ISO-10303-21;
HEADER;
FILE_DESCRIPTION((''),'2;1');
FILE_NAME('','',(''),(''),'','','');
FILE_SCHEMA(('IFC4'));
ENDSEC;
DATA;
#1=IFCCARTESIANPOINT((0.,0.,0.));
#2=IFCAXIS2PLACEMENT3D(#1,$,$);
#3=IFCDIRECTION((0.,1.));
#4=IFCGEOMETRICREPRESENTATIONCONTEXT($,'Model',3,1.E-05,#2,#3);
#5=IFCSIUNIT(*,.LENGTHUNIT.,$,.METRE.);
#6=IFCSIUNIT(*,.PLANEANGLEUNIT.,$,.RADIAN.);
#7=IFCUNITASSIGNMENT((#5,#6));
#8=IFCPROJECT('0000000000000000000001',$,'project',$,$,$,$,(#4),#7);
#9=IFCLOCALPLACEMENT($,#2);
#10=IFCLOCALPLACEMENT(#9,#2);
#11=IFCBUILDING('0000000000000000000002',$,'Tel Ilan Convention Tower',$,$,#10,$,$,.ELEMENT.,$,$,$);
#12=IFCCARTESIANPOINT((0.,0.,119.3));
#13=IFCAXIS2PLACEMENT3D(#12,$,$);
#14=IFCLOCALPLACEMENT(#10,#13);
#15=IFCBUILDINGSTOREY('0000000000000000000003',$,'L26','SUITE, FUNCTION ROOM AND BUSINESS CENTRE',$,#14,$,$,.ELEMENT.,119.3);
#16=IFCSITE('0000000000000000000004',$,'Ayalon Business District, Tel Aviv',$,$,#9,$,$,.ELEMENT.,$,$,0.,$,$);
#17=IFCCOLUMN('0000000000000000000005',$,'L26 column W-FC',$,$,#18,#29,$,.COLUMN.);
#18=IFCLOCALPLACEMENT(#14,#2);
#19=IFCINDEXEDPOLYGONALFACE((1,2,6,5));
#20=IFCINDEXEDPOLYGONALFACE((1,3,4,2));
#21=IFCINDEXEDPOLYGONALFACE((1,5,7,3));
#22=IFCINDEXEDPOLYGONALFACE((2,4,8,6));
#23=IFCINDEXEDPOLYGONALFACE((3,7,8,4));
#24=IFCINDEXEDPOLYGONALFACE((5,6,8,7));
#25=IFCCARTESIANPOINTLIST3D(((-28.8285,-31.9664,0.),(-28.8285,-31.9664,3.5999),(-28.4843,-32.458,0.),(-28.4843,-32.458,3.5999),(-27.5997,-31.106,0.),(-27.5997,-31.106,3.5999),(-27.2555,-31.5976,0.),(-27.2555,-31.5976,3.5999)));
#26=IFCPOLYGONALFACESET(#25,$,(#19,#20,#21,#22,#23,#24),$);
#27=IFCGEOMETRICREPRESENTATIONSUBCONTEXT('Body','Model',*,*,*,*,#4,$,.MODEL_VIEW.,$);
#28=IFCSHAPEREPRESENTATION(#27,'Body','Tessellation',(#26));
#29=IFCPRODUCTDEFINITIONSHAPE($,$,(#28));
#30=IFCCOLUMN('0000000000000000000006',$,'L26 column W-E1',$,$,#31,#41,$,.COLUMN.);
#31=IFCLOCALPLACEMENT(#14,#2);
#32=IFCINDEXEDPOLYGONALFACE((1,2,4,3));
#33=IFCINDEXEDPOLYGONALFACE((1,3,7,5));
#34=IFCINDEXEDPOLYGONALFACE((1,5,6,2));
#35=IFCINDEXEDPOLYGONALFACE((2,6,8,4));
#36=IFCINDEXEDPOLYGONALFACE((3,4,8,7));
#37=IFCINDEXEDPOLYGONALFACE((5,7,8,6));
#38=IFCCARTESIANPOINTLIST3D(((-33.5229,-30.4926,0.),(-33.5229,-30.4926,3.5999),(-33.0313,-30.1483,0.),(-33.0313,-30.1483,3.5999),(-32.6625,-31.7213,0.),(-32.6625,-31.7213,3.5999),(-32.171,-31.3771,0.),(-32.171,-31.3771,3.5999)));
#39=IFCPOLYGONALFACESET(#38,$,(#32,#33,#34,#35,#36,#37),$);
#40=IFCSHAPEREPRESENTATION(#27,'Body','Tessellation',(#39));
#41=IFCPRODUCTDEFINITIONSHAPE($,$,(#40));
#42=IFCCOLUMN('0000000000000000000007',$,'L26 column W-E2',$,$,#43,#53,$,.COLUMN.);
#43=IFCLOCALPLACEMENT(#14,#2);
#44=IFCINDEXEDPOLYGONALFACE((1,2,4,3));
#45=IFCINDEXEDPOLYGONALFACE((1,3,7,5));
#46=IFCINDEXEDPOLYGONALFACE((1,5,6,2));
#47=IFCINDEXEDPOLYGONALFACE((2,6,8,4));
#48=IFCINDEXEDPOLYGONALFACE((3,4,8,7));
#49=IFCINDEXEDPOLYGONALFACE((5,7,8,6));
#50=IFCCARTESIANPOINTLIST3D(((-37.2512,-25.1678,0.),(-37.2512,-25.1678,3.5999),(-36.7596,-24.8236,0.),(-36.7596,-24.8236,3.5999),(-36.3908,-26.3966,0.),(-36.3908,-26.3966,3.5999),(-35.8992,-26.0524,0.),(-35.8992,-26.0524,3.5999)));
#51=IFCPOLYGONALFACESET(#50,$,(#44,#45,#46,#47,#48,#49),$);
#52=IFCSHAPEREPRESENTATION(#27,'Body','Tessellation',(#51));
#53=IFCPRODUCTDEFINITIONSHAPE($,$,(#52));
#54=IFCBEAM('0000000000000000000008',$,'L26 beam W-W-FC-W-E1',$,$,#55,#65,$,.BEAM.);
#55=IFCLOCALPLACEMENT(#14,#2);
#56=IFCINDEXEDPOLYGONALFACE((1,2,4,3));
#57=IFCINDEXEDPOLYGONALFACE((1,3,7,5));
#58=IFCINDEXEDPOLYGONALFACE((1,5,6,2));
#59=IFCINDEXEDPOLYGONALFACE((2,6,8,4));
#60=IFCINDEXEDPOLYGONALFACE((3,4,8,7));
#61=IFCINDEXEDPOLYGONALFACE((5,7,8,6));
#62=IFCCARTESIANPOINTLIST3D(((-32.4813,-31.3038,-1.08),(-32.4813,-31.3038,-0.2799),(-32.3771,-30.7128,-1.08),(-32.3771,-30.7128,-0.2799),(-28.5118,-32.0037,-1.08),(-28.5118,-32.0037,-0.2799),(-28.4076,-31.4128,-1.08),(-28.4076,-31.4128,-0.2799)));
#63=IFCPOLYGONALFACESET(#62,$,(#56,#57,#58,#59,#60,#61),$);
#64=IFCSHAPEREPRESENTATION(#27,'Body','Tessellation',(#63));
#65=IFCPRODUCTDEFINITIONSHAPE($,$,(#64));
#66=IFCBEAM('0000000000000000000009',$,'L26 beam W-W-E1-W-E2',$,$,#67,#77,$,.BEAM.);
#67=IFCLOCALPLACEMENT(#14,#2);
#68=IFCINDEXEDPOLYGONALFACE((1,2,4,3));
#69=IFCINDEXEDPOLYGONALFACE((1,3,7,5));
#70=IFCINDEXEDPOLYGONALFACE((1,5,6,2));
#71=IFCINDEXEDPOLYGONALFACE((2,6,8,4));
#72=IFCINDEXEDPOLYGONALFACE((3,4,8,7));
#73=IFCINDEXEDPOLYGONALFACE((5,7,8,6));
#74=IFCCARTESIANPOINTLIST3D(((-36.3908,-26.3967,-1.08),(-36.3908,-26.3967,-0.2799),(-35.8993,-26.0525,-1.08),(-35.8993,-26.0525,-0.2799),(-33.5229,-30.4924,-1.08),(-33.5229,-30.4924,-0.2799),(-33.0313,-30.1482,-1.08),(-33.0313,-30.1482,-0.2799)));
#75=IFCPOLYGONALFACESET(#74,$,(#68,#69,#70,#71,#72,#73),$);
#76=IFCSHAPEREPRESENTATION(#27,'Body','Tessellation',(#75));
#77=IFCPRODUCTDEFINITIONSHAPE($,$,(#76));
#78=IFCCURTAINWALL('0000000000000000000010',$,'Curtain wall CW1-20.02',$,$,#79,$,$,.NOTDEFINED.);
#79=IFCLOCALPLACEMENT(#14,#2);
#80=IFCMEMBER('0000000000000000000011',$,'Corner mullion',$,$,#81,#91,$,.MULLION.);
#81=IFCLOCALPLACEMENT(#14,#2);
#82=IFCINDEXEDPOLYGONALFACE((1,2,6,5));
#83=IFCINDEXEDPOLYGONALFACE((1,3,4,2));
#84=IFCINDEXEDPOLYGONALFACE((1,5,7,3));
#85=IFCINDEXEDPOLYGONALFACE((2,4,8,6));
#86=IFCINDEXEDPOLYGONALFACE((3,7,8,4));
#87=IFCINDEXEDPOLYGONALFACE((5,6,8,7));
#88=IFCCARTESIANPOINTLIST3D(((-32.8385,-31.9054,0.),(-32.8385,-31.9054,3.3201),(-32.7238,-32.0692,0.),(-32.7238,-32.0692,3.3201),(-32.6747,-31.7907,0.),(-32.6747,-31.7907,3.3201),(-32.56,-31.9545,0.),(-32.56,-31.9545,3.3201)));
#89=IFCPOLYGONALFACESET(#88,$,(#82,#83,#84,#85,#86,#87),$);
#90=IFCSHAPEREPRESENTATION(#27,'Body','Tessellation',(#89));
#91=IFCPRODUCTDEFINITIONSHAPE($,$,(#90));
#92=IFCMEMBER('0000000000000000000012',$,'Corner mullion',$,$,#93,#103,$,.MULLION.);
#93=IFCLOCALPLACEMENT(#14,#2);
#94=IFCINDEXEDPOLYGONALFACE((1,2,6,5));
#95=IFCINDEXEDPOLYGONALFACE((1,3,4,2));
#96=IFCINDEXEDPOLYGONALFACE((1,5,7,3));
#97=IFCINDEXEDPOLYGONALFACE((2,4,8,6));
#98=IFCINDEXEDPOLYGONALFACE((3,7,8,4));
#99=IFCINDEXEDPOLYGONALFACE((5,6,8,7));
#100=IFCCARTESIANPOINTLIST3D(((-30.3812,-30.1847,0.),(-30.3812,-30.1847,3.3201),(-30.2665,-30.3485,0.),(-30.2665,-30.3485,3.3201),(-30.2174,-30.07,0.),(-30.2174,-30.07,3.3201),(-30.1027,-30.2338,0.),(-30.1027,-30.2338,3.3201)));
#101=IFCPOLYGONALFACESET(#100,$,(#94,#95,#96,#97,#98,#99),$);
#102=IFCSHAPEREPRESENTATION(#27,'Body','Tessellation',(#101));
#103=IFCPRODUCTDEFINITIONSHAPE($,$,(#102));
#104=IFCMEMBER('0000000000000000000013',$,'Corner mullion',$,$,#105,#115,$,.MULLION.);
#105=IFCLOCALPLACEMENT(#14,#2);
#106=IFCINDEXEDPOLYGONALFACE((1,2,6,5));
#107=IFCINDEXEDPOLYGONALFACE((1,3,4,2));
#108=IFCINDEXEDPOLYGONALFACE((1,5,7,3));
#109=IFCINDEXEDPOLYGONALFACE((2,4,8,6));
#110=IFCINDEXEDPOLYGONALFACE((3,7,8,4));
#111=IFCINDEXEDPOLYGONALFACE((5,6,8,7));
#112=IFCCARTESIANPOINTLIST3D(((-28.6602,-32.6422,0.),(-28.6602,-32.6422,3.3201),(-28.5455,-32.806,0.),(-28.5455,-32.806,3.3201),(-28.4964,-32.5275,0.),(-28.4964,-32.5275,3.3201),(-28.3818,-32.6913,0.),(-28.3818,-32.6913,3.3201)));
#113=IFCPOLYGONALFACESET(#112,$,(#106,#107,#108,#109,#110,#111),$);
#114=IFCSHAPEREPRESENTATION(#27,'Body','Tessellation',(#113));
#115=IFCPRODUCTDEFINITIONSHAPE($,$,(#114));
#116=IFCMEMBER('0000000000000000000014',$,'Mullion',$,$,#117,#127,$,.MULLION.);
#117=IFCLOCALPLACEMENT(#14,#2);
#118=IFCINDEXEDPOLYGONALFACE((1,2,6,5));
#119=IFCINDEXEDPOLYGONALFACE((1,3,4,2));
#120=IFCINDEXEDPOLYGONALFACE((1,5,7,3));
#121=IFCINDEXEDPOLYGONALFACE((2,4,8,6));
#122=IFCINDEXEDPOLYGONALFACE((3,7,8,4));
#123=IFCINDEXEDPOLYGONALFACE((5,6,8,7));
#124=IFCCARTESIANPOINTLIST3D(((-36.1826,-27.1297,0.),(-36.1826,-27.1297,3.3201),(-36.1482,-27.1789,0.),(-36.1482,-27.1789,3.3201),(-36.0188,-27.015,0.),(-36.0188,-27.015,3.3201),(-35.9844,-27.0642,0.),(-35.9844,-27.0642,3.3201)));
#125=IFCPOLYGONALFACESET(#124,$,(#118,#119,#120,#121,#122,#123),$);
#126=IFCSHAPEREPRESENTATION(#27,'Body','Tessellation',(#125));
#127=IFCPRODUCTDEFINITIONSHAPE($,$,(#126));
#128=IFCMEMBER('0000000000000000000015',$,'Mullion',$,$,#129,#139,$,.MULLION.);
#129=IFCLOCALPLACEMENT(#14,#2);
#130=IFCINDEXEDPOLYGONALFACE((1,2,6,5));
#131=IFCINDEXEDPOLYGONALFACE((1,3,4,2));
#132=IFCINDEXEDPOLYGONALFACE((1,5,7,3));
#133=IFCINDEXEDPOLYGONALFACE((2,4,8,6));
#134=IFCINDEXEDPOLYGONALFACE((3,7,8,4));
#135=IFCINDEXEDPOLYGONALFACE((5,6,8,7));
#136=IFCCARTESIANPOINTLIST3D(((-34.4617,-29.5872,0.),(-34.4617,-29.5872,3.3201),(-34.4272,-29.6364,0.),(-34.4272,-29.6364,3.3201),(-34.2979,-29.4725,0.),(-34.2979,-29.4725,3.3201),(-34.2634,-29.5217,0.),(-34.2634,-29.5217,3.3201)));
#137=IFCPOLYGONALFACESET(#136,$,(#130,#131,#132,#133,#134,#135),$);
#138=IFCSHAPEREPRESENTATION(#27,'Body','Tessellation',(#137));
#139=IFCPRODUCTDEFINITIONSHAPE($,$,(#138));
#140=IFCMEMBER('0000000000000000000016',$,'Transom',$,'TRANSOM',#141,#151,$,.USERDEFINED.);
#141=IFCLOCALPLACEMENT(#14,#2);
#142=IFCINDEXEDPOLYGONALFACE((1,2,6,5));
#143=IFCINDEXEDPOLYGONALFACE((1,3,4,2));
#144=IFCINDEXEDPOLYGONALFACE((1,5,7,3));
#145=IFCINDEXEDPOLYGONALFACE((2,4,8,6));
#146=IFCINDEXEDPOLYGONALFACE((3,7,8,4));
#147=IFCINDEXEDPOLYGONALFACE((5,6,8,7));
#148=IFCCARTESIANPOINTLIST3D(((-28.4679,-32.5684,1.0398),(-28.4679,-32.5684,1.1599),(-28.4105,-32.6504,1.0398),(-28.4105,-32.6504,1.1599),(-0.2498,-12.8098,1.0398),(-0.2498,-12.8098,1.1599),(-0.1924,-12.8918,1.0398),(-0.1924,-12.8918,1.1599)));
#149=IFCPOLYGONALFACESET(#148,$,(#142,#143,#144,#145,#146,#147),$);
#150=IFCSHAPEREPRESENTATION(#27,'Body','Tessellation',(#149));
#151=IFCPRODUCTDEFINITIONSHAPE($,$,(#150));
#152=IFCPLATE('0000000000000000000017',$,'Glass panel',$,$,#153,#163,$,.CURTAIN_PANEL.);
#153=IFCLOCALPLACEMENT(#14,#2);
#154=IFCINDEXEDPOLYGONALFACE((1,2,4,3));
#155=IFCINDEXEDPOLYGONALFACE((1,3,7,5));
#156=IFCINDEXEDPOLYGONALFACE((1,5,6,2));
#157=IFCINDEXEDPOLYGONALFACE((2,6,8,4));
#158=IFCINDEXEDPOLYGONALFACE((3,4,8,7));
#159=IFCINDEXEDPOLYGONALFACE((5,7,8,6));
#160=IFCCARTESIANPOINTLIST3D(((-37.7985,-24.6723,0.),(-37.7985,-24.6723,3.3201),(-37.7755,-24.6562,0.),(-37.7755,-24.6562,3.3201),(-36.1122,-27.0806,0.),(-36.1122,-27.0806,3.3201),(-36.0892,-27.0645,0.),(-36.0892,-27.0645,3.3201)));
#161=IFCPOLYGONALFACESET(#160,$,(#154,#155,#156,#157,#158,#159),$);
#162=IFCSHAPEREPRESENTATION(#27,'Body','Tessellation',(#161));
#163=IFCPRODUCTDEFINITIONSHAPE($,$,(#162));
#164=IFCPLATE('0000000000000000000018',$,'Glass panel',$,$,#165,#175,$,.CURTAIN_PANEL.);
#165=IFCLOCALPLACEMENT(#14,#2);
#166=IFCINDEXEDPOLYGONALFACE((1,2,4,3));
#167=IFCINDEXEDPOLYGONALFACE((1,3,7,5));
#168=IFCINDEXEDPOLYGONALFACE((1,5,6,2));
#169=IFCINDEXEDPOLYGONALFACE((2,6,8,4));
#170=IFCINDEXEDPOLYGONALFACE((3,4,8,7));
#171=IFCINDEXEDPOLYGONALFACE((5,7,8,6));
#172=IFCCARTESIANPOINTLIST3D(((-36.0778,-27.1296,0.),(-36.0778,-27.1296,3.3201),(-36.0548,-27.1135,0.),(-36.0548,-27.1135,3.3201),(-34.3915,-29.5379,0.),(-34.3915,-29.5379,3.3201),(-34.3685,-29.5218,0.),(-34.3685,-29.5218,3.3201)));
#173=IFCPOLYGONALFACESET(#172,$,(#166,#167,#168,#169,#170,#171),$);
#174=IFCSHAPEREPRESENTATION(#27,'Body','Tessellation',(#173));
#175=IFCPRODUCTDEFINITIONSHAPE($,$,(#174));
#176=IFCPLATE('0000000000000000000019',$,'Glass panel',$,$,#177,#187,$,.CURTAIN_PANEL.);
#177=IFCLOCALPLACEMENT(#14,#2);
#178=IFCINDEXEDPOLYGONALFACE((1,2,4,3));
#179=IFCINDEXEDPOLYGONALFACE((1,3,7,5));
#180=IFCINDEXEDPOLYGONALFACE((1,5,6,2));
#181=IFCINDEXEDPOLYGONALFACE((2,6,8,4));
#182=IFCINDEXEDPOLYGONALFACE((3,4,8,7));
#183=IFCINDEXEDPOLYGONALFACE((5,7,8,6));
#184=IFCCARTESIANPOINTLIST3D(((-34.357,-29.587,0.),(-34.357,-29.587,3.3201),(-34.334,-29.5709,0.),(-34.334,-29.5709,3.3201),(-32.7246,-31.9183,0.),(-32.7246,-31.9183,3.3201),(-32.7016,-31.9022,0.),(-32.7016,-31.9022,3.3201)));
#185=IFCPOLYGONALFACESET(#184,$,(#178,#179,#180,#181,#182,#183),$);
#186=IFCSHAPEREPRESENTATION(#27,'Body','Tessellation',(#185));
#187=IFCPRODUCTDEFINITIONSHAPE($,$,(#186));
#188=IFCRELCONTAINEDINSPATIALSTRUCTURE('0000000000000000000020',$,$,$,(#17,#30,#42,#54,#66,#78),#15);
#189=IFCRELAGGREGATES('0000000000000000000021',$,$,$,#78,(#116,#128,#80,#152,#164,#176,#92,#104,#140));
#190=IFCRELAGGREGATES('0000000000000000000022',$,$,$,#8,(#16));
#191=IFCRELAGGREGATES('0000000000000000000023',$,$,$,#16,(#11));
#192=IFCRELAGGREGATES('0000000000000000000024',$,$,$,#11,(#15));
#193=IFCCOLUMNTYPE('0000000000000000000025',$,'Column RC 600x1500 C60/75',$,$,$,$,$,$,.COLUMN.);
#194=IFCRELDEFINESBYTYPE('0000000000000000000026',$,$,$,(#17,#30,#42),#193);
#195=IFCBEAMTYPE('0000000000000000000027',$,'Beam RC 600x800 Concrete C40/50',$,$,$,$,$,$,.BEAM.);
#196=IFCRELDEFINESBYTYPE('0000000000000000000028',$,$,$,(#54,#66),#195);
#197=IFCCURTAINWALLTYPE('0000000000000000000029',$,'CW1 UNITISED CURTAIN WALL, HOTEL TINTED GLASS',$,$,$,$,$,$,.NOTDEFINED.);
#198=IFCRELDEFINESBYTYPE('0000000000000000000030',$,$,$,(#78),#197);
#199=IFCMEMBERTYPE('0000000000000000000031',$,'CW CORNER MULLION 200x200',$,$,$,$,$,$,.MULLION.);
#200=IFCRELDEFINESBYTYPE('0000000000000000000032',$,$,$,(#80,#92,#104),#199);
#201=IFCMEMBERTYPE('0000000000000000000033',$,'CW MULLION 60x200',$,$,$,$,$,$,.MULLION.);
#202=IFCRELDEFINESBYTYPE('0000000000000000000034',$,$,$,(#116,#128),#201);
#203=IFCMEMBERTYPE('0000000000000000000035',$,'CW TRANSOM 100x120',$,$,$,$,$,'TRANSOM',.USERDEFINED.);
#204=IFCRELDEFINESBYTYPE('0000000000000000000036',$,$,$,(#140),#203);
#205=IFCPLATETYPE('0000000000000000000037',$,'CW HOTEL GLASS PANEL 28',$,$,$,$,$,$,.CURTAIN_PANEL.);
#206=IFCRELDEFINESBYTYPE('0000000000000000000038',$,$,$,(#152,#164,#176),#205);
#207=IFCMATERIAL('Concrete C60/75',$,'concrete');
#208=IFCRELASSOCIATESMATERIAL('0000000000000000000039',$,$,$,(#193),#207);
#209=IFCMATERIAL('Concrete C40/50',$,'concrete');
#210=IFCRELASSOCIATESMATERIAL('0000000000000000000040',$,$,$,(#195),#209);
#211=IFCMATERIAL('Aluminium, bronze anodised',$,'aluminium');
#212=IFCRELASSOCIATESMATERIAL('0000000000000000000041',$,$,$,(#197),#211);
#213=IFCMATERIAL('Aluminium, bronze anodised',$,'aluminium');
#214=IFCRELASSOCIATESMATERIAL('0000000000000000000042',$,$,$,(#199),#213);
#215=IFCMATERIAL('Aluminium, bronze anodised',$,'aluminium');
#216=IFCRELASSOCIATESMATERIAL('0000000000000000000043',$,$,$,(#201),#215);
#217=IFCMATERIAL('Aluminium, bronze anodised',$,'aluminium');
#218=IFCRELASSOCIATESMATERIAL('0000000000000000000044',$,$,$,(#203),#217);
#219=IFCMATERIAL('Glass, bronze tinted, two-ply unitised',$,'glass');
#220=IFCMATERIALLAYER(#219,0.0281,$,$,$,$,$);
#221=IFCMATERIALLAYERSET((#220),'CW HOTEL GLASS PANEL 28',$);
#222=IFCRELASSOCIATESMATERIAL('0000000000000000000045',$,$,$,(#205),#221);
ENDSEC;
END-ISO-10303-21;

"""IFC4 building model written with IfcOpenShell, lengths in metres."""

from ifc_helpers import new_model, si_unit, direction, frame, origin, origin_2d, place, context, subcontext, project, spatial, rectangle, extrude, material, layer, layer_set, material_profile, profile_set, type_object, element, aggregate, save


model = new_model("IFC4")

# Units and contexts
model_context = context("Model", 3, precision=1e-05, world=origin(), true_north=direction((0.0, 1.0)))
body_context = subcontext(model_context, "Body", "Model", "MODEL_VIEW")
ifc_project = project(units=[si_unit("LENGTHUNIT", "METRE"), si_unit("PLANEANGLEUNIT", "RADIAN")], contexts=[model_context])

# Site, building, storey
site_placement = place(None, origin())
site = spatial("IfcSite", under=ifc_project, at=site_placement, Name="Ayalon Business District, Tel Aviv", CompositionType="ELEMENT", RefElevation=0.0)
building_placement = place(site_placement, origin())
building = spatial("IfcBuilding", under=site, at=building_placement, Name="Tel Ilan Convention Tower", CompositionType="ELEMENT")
storey_placement = place(building_placement, frame((0.0, 0.0, 119.3)))
storey = spatial("IfcBuildingStorey", under=building, at=storey_placement, Name="L26", Description="SUITE, FUNCTION ROOM AND BUSINESS CENTRE", CompositionType="ELEMENT", Elevation=119.3)

# Columns
ifc_material_1 = material(Name="Concrete C60/75", Category="concrete")
ifc_material_profile_1 = material_profile(ifc_material_1, rectangle(XDim=1.5, YDim=0.6001, at=origin_2d()), Name="RC 600x1500")
ifc_profile_set_1 = profile_set([ifc_material_profile_1], Name="Concrete C60/75")
column_type = type_object("IfcColumnType", Name="Column RC 600x1500 C60/75", PredefinedType="COLUMN", material=ifc_profile_set_1)
for number, where, z_axis, x_axis, name in (
    (1, (-28.042, -31.782, 0.0), (0.0, 0.0, 1.0), (-0.819152, -0.573576, 0.0), "L26 column W-FC"),
    (2, (-32.8469, -30.9348, 0.0), (0.0, 0.0, 1.0), (-0.573576, 0.819152, 0.0), "L26 column W-E1"),
    (3, (-36.5752, -25.6101, 0.0), (0.0, 0.0, 1.0), (-0.573576, 0.819152, 0.0), "L26 column W-E2"),
):
    element("IfcColumn", number, at=place(storey_placement, frame(where, z_axis=z_axis, x_axis=x_axis)), inside=storey, type_object=column_type, Name=name, PredefinedType="COLUMN", context=body_context, shape_type="SweptSolid", body=[
        extrude(rectangle(XDim=1.5, YDim=0.6001, at=origin_2d()), origin(), (0.0, 0.0, 1.0), 3.5999),
    ])

# Beams
ifc_material_2 = material(Name="Concrete C40/50", Category="concrete")
ifc_material_profile_2 = material_profile(ifc_material_2, rectangle(XDim=0.6001, YDim=0.8, at=origin_2d()), Name="RC 600x800")
ifc_profile_set_2 = profile_set([ifc_material_profile_2], Name="Concrete C40/50")
beam_type = type_object("IfcBeamType", Name="Beam RC 600x800 Concrete C40/50", PredefinedType="BEAM", material=ifc_profile_set_2)
beam_1_placement = place(storey_placement, frame((-28.4597, -31.7083, -0.6799), z_axis=(-0.984807, 0.173654, 0.0), x_axis=(-0.173654, -0.984807, 0.0)))
element("IfcBeam", 4, at=beam_1_placement, inside=storey, type_object=beam_type, Name="L26 beam W-W-FC-W-E1", PredefinedType="BEAM", context=body_context, shape_type="SweptSolid", body=[
    extrude(rectangle(XDim=0.6001, YDim=0.8, at=origin_2d()), origin(), (0.0, 0.0, 1.0), 4.0308),
])
beam_2_placement = place(storey_placement, frame((-33.2771, -30.3203, -0.6799), z_axis=(-0.573587, 0.819145, 0.0), x_axis=(-0.819145, -0.573587, 0.0)))
element("IfcBeam", 5, at=beam_2_placement, inside=storey, type_object=beam_type, Name="L26 beam W-W-E1-W-E2", PredefinedType="BEAM", context=body_context, shape_type="SweptSolid", body=[
    extrude(rectangle(XDim=0.6001, YDim=0.8, at=origin_2d()), origin(), (0.0, 0.0, 1.0), 5.0),
])

# Curtain wall, members, plates
ifc_material_3 = material(Name="Aluminium, bronze anodised", Category="aluminium")
curtain_wall_type = type_object("IfcCurtainWallType", Name="CW1 UNITISED CURTAIN WALL, HOTEL TINTED GLASS", PredefinedType="NOTDEFINED", material=ifc_material_3)
curtain_wall_placement = place(storey_placement, origin())
curtain_wall = element("IfcCurtainWall", 6, at=curtain_wall_placement, inside=storey, type_object=curtain_wall_type, Name="Curtain wall CW1-20.02", PredefinedType="NOTDEFINED")
ifc_material_4 = material(Name="Aluminium, bronze anodised", Category="aluminium")
ifc_material_profile_3 = material_profile(ifc_material_4, rectangle(XDim=0.2, YDim=0.2, at=origin_2d()), Name="CW CORNER MULLION 200x200")
ifc_profile_set_3 = profile_set([ifc_material_profile_3], Name="Aluminium, bronze anodised")
member_type_1 = type_object("IfcMemberType", Name="CW CORNER MULLION 200x200", PredefinedType="MULLION", material=ifc_profile_set_3)
member_1_placement = place(storey_placement, frame((-32.6992, -31.9299, 0.0), z_axis=(0.0, 0.0, 1.0), x_axis=(0.573576, -0.819152, 0.0)))
member_1 = element("IfcMember", 7, at=member_1_placement, type_object=member_type_1, Name="Corner mullion", PredefinedType="MULLION", context=body_context, shape_type="SweptSolid", body=[
    extrude(rectangle(XDim=0.2, YDim=0.2, at=origin_2d()), origin(), (0.0, 0.0, 1.0), 3.3201),
])
member_2_placement = place(storey_placement, frame((-30.2419, -30.2092, 0.0), z_axis=(0.0, 0.0, 1.0), x_axis=(0.819152, 0.573576, 0.0)))
member_2 = element("IfcMember", 8, at=member_2_placement, type_object=member_type_1, Name="Corner mullion", PredefinedType="MULLION", context=body_context, shape_type="SweptSolid", body=[
    extrude(rectangle(XDim=0.2, YDim=0.2, at=origin_2d()), origin(), (0.0, 0.0, 1.0), 3.3201),
])
member_3_placement = place(storey_placement, frame((-28.521, -32.6667, 0.0), z_axis=(0.0, 0.0, 1.0), x_axis=(0.573576, -0.819152, 0.0)))
member_3 = element("IfcMember", 9, at=member_3_placement, type_object=member_type_1, Name="Corner mullion", PredefinedType="MULLION", context=body_context, shape_type="SweptSolid", body=[
    extrude(rectangle(XDim=0.2, YDim=0.2, at=origin_2d()), origin(), (0.0, 0.0, 1.0), 3.3201),
])
ifc_material_5 = material(Name="Aluminium, bronze anodised", Category="aluminium")
ifc_material_profile_4 = material_profile(ifc_material_5, rectangle(XDim=0.0601, YDim=0.2, at=origin_2d()), Name="CW MULLION 60x200")
ifc_profile_set_4 = profile_set([ifc_material_profile_4], Name="Aluminium, bronze anodised")
member_type_2 = type_object("IfcMemberType", Name="CW MULLION 60x200", PredefinedType="MULLION", material=ifc_profile_set_4)
member_4_placement = place(storey_placement, frame((-36.0835, -27.0969, 0.0), z_axis=(0.0, 0.0, 1.0), x_axis=(0.573576, -0.819152, 0.0)))
member_4 = element("IfcMember", 10, at=member_4_placement, type_object=member_type_2, Name="Mullion", PredefinedType="MULLION", context=body_context, shape_type="SweptSolid", body=[
    extrude(rectangle(XDim=0.0601, YDim=0.2, at=origin_2d()), origin(), (0.0, 0.0, 1.0), 3.3201),
])
member_5_placement = place(storey_placement, frame((-34.3625, -29.5544, 0.0), z_axis=(0.0, 0.0, 1.0), x_axis=(0.573576, -0.819152, 0.0)))
member_5 = element("IfcMember", 11, at=member_5_placement, type_object=member_type_2, Name="Mullion", PredefinedType="MULLION", context=body_context, shape_type="SweptSolid", body=[
    extrude(rectangle(XDim=0.0601, YDim=0.2, at=origin_2d()), origin(), (0.0, 0.0, 1.0), 3.3201),
])
ifc_material_6 = material(Name="Aluminium, bronze anodised", Category="aluminium")
ifc_material_profile_5 = material_profile(ifc_material_6, rectangle(XDim=0.1001, YDim=0.1201, at=origin_2d()), Name="CW TRANSOM 100x120")
ifc_profile_set_5 = profile_set([ifc_material_profile_5], Name="Aluminium, bronze anodised")
member_type_3 = type_object("IfcMemberType", Name="CW TRANSOM 100x120", ElementType="TRANSOM", PredefinedType="USERDEFINED", material=ifc_profile_set_5)
member_6_placement = place(storey_placement, frame((-28.4392, -32.6094, 1.0999), z_axis=(0.819151, 0.573578, 0.0), x_axis=(-0.573578, 0.819151, 0.0)))
member_6 = element("IfcMember", 12, at=member_6_placement, type_object=member_type_3, Name="Transom", ObjectType="TRANSOM", PredefinedType="USERDEFINED", context=body_context, shape_type="SweptSolid", body=[
    extrude(rectangle(XDim=0.1001, YDim=0.1201, at=origin_2d()), origin(), (0.0, 0.0, 1.0), 34.448),
])
ifc_material_7 = material(Name="Glass, bronze tinted, two-ply unitised", Category="glass")
ifc_layer_1 = layer(ifc_material_7, 0.0281)
ifc_layer_set_1 = layer_set([ifc_layer_1], Name="CW HOTEL GLASS PANEL 28")
plate_type = type_object("IfcPlateType", Name="CW HOTEL GLASS PANEL 28", PredefinedType="CURTAIN_PANEL", material=ifc_layer_set_1)
plate_1_placement = place(storey_placement, frame((-36.9438, -25.8684, 0.0), z_axis=(0.0, 0.0, 1.0), x_axis=(0.573576, -0.819152, 0.0)))
plate_1 = element("IfcPlate", 13, at=plate_1_placement, type_object=plate_type, Name="Glass panel", PredefinedType="CURTAIN_PANEL", context=body_context, shape_type="SweptSolid", body=[
    extrude(rectangle(XDim=2.9399, YDim=0.0281, at=origin_2d()), origin(), (0.0, 0.0, 1.0), 3.3201),
])
plate_2_placement = place(storey_placement, frame((-35.2231, -28.3257, 0.0), z_axis=(0.0, 0.0, 1.0), x_axis=(0.573576, -0.819152, 0.0)))
plate_2 = element("IfcPlate", 14, at=plate_2_placement, type_object=plate_type, Name="Glass panel", PredefinedType="CURTAIN_PANEL", context=body_context, shape_type="SweptSolid", body=[
    extrude(rectangle(XDim=2.9399, YDim=0.0281, at=origin_2d()), origin(), (0.0, 0.0, 1.0), 3.3201),
])
plate_3_placement = place(storey_placement, frame((-33.5293, -30.7446, 0.0), z_axis=(0.0, 0.0, 1.0), x_axis=(0.573576, -0.819152, 0.0)))
plate_3 = element("IfcPlate", 15, at=plate_3_placement, type_object=plate_type, Name="Glass panel", PredefinedType="CURTAIN_PANEL", context=body_context, shape_type="SweptSolid", body=[
    extrude(rectangle(XDim=2.8459, YDim=0.0281, at=origin_2d()), origin(), (0.0, 0.0, 1.0), 3.3201),
])
aggregate(curtain_wall, [member_4, member_5, member_1, plate_1, plate_2, plate_3, member_2, member_3, member_6])

save(model, "model.ifc")
